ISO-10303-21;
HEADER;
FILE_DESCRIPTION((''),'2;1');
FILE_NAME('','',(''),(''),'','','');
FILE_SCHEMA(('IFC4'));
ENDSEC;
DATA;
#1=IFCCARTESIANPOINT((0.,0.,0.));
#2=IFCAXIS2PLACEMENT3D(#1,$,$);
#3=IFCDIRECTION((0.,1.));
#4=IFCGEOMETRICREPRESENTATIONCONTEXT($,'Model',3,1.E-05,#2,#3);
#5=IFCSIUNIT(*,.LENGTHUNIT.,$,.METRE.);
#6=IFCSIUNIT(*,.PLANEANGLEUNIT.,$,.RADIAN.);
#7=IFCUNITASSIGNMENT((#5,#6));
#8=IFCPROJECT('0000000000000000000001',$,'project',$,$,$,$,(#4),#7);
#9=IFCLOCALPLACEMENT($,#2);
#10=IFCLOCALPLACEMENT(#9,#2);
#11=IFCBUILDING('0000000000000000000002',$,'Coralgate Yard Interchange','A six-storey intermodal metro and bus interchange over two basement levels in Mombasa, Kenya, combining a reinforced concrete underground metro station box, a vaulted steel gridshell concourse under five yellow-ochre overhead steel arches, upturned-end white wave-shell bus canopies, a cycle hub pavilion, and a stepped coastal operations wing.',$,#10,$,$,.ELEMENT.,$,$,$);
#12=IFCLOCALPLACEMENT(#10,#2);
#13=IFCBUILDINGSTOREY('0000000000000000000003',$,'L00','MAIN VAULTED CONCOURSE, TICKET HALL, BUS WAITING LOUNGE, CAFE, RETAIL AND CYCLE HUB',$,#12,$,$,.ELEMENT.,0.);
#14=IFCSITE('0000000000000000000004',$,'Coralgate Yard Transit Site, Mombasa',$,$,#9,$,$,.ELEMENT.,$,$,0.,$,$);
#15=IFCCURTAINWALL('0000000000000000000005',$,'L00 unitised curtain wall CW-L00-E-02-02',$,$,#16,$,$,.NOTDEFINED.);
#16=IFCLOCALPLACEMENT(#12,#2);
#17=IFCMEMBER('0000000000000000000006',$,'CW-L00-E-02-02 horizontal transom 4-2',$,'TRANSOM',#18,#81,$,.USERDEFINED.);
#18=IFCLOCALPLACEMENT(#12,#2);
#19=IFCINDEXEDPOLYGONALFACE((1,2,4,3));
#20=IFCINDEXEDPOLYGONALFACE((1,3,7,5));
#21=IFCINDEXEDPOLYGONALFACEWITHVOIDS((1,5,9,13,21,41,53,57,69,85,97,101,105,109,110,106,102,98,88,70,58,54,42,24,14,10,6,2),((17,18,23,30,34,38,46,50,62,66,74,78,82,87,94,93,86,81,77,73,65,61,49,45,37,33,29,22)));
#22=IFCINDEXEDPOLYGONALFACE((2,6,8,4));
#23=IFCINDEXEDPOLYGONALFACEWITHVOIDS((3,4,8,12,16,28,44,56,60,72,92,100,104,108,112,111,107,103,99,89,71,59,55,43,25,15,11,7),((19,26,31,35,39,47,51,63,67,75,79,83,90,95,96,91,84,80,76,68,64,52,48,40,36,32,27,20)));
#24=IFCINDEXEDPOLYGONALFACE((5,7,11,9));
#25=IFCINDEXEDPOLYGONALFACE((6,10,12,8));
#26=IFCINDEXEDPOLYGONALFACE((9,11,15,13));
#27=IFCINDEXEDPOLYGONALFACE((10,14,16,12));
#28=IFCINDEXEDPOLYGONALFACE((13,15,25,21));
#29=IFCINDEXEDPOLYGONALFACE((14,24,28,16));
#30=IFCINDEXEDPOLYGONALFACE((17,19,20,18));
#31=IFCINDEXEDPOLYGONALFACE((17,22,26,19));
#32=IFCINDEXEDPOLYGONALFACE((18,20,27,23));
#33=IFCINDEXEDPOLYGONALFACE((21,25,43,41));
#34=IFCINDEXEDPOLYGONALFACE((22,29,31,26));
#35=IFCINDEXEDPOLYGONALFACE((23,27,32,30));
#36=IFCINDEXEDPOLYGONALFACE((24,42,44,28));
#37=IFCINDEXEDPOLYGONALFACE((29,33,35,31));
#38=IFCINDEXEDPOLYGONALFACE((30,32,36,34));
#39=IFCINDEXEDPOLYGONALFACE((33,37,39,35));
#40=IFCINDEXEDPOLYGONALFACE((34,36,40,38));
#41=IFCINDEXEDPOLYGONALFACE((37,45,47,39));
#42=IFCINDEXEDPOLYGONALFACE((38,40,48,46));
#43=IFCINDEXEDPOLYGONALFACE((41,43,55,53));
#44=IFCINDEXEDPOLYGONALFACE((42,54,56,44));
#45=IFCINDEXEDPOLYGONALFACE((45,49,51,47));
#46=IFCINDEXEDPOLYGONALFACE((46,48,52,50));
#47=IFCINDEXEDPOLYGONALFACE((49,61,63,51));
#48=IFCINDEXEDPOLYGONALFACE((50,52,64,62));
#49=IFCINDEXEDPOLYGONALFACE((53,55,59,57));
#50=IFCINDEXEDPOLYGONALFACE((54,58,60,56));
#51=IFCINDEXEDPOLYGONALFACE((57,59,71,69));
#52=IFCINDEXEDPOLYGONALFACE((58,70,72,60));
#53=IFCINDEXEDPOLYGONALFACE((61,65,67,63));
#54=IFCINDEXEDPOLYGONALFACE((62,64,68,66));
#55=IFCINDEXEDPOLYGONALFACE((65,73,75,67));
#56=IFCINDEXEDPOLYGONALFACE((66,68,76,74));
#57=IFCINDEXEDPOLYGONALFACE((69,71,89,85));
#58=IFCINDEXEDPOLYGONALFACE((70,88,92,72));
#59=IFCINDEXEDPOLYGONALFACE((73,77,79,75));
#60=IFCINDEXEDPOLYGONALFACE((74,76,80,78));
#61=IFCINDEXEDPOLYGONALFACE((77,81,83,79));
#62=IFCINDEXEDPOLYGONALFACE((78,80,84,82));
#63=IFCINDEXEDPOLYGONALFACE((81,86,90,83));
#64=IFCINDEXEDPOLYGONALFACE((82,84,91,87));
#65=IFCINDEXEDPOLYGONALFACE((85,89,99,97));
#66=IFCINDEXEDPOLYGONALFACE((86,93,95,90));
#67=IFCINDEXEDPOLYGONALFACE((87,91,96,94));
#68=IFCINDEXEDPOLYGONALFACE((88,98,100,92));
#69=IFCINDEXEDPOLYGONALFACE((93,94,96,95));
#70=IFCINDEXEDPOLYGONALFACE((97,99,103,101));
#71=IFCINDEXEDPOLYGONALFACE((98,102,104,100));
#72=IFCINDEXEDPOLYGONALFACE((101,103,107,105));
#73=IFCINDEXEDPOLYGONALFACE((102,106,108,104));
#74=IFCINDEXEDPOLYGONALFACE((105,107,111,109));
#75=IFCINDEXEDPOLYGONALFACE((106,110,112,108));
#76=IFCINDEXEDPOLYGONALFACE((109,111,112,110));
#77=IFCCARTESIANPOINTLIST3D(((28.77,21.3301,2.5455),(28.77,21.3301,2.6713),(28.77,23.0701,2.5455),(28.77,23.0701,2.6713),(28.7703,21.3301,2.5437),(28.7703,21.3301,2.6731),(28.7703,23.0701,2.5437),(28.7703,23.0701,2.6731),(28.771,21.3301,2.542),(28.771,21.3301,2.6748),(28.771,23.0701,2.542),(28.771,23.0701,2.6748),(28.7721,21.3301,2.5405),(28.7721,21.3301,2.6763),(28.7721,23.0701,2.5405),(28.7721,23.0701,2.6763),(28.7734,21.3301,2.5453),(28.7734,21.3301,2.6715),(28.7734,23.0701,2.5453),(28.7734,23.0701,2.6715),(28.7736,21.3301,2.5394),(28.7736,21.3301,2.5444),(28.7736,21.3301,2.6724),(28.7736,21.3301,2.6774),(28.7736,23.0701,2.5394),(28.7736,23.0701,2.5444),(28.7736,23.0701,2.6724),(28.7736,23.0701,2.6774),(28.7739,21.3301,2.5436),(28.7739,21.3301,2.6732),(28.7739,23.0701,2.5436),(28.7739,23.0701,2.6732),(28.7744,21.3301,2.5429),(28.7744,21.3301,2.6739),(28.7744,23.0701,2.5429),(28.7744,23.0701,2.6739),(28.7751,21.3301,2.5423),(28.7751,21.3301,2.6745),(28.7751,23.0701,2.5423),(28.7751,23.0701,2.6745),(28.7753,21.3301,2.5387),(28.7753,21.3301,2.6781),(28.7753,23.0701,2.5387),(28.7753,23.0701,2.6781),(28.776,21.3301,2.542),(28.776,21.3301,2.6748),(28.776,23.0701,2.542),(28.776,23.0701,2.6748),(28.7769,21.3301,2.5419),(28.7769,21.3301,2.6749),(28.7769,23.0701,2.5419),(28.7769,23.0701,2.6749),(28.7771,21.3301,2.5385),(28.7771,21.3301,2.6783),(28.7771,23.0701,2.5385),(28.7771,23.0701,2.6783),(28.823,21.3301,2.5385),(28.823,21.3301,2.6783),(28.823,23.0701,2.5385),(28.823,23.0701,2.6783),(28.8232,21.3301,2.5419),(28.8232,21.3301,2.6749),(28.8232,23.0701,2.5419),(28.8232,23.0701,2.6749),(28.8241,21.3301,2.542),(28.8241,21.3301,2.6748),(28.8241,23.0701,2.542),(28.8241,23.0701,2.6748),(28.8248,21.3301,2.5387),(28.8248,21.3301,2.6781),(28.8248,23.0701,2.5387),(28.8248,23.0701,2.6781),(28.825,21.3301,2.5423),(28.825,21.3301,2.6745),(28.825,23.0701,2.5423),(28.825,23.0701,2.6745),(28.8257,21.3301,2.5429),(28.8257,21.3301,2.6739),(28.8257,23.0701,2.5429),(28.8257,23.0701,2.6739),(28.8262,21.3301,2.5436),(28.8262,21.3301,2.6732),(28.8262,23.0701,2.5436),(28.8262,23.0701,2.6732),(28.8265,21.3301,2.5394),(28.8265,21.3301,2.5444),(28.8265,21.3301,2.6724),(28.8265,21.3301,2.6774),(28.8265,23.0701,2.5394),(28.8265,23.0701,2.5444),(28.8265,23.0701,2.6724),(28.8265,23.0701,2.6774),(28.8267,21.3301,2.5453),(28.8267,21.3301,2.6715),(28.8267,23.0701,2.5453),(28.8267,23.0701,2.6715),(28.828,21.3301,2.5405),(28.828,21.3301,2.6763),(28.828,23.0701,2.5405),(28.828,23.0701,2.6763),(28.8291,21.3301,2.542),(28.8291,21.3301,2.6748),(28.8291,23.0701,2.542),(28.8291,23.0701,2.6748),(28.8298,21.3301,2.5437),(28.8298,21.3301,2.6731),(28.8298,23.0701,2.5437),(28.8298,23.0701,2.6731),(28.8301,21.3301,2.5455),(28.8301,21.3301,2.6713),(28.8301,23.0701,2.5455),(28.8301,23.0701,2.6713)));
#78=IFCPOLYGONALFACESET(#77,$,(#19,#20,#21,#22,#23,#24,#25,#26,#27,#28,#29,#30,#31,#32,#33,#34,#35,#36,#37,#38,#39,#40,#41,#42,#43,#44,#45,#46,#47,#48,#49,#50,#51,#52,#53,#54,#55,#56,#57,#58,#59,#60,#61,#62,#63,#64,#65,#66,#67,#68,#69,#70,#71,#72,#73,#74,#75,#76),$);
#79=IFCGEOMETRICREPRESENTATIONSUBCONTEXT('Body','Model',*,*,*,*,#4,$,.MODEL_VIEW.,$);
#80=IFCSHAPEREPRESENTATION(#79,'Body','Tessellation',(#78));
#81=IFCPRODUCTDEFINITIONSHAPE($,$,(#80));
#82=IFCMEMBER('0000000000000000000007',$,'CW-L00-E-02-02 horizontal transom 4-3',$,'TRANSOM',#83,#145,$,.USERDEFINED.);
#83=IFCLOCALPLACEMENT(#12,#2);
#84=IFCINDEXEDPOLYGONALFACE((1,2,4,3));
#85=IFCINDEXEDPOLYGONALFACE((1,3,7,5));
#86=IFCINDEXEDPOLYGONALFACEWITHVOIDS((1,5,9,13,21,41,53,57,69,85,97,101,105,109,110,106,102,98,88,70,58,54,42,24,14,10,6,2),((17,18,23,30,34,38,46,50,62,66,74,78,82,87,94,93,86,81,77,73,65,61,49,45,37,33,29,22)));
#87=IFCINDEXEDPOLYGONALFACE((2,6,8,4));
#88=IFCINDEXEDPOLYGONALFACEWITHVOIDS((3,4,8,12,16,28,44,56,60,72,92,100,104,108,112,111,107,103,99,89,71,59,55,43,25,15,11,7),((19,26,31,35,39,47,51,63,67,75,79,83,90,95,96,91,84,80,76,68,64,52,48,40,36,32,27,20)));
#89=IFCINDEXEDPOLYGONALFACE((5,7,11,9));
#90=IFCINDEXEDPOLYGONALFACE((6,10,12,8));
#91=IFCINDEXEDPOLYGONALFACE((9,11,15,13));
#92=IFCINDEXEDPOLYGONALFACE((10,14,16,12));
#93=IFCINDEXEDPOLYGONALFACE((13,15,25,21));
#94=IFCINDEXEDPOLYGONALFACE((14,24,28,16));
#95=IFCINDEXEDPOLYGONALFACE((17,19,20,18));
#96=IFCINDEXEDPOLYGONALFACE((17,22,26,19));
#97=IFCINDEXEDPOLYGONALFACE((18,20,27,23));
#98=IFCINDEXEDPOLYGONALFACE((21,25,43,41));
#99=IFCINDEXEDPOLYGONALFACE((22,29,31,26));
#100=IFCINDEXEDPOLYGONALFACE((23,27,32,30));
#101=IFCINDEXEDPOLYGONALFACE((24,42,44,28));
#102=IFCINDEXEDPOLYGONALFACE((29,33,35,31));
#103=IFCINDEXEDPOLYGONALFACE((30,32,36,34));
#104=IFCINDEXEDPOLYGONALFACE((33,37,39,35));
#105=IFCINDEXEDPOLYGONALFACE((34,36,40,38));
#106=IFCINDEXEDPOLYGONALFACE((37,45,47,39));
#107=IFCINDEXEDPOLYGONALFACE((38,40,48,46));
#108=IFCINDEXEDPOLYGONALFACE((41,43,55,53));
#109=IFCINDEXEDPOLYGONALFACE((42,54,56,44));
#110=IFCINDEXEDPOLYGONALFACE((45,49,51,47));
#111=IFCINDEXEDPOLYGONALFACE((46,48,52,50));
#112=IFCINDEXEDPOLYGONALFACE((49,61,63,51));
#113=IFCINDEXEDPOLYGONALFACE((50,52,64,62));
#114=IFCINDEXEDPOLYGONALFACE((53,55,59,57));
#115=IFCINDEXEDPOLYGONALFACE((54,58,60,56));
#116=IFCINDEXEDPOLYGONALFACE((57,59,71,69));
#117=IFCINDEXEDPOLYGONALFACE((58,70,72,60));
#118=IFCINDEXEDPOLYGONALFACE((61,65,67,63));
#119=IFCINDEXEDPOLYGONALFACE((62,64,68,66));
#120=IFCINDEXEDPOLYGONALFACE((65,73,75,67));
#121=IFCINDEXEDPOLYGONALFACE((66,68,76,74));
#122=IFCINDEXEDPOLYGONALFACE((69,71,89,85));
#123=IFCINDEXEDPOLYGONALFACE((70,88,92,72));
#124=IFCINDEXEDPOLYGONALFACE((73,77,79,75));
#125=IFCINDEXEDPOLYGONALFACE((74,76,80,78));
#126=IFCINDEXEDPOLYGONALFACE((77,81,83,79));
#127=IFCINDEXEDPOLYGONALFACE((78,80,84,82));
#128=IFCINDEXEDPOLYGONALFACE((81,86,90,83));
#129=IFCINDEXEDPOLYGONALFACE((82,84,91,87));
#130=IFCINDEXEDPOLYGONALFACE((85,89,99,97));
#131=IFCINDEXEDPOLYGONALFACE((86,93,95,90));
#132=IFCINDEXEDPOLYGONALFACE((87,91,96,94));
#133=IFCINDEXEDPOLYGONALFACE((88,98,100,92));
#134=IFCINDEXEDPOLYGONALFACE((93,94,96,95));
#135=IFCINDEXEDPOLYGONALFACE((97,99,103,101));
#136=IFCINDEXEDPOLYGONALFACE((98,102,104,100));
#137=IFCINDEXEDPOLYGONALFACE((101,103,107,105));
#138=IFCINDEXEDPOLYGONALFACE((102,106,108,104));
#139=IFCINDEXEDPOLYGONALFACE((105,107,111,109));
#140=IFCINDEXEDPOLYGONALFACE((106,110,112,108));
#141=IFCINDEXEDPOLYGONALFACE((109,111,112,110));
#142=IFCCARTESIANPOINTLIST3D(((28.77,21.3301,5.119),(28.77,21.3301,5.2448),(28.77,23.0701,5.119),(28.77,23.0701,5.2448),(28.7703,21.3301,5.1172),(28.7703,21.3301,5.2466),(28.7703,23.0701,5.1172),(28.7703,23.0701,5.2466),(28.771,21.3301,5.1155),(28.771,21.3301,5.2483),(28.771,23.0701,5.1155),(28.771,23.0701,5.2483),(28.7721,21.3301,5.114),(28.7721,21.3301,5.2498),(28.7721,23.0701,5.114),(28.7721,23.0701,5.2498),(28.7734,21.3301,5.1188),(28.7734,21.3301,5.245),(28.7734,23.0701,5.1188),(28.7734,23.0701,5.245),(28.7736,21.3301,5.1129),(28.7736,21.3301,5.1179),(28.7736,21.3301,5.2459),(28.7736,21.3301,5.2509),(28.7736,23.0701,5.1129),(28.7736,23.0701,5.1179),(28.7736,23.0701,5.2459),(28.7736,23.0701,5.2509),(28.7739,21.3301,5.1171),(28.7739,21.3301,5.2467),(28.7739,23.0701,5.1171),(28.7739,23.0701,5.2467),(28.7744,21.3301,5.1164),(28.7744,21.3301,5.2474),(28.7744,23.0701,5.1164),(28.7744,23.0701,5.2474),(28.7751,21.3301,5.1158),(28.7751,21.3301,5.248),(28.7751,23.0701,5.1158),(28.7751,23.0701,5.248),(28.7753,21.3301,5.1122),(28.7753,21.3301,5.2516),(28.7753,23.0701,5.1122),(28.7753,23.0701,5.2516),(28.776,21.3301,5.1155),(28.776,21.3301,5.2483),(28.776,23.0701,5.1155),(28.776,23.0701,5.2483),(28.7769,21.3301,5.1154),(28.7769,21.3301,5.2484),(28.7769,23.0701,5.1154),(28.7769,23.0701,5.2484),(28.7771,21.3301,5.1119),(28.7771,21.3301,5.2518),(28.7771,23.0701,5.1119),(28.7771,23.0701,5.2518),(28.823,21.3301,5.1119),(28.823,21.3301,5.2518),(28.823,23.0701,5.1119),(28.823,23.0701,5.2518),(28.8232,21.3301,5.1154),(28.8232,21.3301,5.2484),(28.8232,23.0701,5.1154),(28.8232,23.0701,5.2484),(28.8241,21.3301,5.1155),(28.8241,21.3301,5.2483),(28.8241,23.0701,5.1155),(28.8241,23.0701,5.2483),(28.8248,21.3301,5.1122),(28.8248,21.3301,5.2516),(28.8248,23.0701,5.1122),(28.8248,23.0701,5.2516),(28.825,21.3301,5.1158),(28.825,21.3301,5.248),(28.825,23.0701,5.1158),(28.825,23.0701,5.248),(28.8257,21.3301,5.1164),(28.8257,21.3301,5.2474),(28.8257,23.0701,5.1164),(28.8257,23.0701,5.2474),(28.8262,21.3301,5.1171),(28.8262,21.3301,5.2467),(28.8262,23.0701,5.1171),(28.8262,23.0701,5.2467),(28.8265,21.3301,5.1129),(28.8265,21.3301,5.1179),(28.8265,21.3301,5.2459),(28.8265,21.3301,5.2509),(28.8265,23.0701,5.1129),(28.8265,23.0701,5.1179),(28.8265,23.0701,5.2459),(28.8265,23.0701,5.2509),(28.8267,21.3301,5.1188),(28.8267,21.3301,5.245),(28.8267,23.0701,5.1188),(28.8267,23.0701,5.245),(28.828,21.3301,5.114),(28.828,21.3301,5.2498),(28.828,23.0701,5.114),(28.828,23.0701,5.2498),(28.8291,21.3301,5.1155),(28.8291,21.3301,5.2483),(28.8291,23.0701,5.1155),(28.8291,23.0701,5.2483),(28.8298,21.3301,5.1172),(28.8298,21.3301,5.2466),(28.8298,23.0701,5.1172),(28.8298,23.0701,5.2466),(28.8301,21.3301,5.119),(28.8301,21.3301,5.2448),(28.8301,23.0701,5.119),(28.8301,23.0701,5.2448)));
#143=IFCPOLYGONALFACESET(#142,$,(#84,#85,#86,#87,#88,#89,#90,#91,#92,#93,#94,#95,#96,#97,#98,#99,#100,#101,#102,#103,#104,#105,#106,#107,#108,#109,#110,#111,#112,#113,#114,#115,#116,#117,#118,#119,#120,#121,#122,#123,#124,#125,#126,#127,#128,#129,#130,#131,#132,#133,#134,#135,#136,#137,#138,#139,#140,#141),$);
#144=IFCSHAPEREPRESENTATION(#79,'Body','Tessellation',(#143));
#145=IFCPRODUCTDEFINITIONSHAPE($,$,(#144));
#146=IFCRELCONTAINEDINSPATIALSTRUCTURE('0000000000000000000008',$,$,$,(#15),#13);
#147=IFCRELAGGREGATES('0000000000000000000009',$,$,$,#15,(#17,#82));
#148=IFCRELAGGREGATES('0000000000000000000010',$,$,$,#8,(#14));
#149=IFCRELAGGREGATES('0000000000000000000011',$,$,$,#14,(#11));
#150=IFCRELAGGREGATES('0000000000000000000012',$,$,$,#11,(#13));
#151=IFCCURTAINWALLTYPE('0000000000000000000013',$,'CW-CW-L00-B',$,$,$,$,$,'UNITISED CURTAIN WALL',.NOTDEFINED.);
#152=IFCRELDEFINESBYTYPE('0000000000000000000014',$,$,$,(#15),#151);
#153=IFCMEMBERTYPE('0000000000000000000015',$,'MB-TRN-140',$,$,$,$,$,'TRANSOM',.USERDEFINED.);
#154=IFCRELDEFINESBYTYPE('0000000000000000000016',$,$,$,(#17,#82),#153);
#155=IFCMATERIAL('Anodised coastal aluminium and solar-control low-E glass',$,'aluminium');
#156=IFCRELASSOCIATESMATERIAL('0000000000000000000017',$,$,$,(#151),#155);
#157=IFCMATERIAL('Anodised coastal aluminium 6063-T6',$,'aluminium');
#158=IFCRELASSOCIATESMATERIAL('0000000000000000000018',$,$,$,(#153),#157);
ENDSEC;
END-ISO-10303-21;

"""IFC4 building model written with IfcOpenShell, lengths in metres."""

from ifc_helpers import new_model, si_unit, direction, frame, origin, origin_2d, place, context, subcontext, project, spatial, hollow_rectangle, extrude, material, material_profile, profile_set, type_object, element, aggregate, save


model = new_model("IFC4")

# Units and contexts
model_context = context("Model", 3, precision=1e-05, world=origin(), true_north=direction((0.0, 1.0)))
body_context = subcontext(model_context, "Body", "Model", "MODEL_VIEW")
ifc_project = project(units=[si_unit("LENGTHUNIT", "METRE"), si_unit("PLANEANGLEUNIT", "RADIAN")], contexts=[model_context])

# Site, building, storey
site_placement = place(None, origin())
site = spatial("IfcSite", under=ifc_project, at=site_placement, Name="Coralgate Yard Transit Site, Mombasa", CompositionType="ELEMENT", RefElevation=0.0)
building_placement = place(site_placement, origin())
building = spatial("IfcBuilding", under=site, at=building_placement, Name="Coralgate Yard Interchange", Description="A six-storey intermodal metro and bus interchange over two basement levels in Mombasa, Kenya, combining a reinforced concrete underground metro station box, a vaulted steel gridshell concourse under five yellow-ochre overhead steel arches, upturned-end white wave-shell bus canopies, a cycle hub pavilion, and a stepped coastal operations wing.", CompositionType="ELEMENT")
storey_placement = place(building_placement, origin())
storey = spatial("IfcBuildingStorey", under=building, at=storey_placement, Name="L00", Description="MAIN VAULTED CONCOURSE, TICKET HALL, BUS WAITING LOUNGE, CAFE, RETAIL AND CYCLE HUB", CompositionType="ELEMENT", Elevation=0.0)

# Curtain wall, members
ifc_material_1 = material(Name="Anodised coastal aluminium and solar-control low-E glass", Category="aluminium")
curtain_wall_type = type_object("IfcCurtainWallType", Name="CW-CW-L00-B", ElementType="UNITISED CURTAIN WALL", PredefinedType="NOTDEFINED", material=ifc_material_1)
curtain_wall_placement = place(storey_placement, origin())
curtain_wall = element("IfcCurtainWall", 1, at=curtain_wall_placement, inside=storey, type_object=curtain_wall_type, Name="L00 unitised curtain wall CW-L00-E-02-02", PredefinedType="NOTDEFINED")
ifc_material_2 = material(Name="Anodised coastal aluminium 6063-T6", Category="aluminium")
ifc_material_profile_1 = material_profile(ifc_material_2, hollow_rectangle(XDim=0.0601, YDim=0.1399, WallThickness=0.0034, InnerFilletRadius=0.0034, OuterFilletRadius=0.0071, at=origin_2d()), Name="ALU 60x140x3.5")
ifc_profile_set_1 = profile_set([ifc_material_profile_1], Name="Anodised coastal aluminium 6063-T6")
member_type_1 = type_object("IfcMemberType", Name="MB-TRN-140", ElementType="TRANSOM", PredefinedType="USERDEFINED", material=ifc_profile_set_1)
member_1_placement = place(storey_placement, frame((28.8, 23.0701, 2.6084), z_axis=(0.0, -1.0, 0.0), x_axis=(1.0, 0.0, 0.0)))
member_1 = element("IfcMember", 2, at=member_1_placement, type_object=member_type_1, Name="CW-L00-E-02-02 horizontal transom 4-2", ObjectType="TRANSOM", PredefinedType="USERDEFINED", context=body_context, shape_type="SweptSolid", body=[
    extrude(hollow_rectangle(XDim=0.0601, YDim=0.1399, WallThickness=0.0034, InnerFilletRadius=0.0034, OuterFilletRadius=0.0071, at=origin_2d()), origin(), (0.0, 0.0, 1.0), 1.74),
])
member_2_placement = place(storey_placement, frame((28.8, 23.0701, 5.1819), z_axis=(0.0, -1.0, 0.0), x_axis=(1.0, 0.0, 0.0)))
member_2 = element("IfcMember", 3, at=member_2_placement, type_object=member_type_1, Name="CW-L00-E-02-02 horizontal transom 4-3", ObjectType="TRANSOM", PredefinedType="USERDEFINED", context=body_context, shape_type="SweptSolid", body=[
    extrude(hollow_rectangle(XDim=0.0601, YDim=0.1399, WallThickness=0.0034, InnerFilletRadius=0.0034, OuterFilletRadius=0.0071, at=origin_2d()), origin(), (0.0, 0.0, 1.0), 1.74),
])
aggregate(curtain_wall, [member_1, member_2])

save(model, "model.ifc")
